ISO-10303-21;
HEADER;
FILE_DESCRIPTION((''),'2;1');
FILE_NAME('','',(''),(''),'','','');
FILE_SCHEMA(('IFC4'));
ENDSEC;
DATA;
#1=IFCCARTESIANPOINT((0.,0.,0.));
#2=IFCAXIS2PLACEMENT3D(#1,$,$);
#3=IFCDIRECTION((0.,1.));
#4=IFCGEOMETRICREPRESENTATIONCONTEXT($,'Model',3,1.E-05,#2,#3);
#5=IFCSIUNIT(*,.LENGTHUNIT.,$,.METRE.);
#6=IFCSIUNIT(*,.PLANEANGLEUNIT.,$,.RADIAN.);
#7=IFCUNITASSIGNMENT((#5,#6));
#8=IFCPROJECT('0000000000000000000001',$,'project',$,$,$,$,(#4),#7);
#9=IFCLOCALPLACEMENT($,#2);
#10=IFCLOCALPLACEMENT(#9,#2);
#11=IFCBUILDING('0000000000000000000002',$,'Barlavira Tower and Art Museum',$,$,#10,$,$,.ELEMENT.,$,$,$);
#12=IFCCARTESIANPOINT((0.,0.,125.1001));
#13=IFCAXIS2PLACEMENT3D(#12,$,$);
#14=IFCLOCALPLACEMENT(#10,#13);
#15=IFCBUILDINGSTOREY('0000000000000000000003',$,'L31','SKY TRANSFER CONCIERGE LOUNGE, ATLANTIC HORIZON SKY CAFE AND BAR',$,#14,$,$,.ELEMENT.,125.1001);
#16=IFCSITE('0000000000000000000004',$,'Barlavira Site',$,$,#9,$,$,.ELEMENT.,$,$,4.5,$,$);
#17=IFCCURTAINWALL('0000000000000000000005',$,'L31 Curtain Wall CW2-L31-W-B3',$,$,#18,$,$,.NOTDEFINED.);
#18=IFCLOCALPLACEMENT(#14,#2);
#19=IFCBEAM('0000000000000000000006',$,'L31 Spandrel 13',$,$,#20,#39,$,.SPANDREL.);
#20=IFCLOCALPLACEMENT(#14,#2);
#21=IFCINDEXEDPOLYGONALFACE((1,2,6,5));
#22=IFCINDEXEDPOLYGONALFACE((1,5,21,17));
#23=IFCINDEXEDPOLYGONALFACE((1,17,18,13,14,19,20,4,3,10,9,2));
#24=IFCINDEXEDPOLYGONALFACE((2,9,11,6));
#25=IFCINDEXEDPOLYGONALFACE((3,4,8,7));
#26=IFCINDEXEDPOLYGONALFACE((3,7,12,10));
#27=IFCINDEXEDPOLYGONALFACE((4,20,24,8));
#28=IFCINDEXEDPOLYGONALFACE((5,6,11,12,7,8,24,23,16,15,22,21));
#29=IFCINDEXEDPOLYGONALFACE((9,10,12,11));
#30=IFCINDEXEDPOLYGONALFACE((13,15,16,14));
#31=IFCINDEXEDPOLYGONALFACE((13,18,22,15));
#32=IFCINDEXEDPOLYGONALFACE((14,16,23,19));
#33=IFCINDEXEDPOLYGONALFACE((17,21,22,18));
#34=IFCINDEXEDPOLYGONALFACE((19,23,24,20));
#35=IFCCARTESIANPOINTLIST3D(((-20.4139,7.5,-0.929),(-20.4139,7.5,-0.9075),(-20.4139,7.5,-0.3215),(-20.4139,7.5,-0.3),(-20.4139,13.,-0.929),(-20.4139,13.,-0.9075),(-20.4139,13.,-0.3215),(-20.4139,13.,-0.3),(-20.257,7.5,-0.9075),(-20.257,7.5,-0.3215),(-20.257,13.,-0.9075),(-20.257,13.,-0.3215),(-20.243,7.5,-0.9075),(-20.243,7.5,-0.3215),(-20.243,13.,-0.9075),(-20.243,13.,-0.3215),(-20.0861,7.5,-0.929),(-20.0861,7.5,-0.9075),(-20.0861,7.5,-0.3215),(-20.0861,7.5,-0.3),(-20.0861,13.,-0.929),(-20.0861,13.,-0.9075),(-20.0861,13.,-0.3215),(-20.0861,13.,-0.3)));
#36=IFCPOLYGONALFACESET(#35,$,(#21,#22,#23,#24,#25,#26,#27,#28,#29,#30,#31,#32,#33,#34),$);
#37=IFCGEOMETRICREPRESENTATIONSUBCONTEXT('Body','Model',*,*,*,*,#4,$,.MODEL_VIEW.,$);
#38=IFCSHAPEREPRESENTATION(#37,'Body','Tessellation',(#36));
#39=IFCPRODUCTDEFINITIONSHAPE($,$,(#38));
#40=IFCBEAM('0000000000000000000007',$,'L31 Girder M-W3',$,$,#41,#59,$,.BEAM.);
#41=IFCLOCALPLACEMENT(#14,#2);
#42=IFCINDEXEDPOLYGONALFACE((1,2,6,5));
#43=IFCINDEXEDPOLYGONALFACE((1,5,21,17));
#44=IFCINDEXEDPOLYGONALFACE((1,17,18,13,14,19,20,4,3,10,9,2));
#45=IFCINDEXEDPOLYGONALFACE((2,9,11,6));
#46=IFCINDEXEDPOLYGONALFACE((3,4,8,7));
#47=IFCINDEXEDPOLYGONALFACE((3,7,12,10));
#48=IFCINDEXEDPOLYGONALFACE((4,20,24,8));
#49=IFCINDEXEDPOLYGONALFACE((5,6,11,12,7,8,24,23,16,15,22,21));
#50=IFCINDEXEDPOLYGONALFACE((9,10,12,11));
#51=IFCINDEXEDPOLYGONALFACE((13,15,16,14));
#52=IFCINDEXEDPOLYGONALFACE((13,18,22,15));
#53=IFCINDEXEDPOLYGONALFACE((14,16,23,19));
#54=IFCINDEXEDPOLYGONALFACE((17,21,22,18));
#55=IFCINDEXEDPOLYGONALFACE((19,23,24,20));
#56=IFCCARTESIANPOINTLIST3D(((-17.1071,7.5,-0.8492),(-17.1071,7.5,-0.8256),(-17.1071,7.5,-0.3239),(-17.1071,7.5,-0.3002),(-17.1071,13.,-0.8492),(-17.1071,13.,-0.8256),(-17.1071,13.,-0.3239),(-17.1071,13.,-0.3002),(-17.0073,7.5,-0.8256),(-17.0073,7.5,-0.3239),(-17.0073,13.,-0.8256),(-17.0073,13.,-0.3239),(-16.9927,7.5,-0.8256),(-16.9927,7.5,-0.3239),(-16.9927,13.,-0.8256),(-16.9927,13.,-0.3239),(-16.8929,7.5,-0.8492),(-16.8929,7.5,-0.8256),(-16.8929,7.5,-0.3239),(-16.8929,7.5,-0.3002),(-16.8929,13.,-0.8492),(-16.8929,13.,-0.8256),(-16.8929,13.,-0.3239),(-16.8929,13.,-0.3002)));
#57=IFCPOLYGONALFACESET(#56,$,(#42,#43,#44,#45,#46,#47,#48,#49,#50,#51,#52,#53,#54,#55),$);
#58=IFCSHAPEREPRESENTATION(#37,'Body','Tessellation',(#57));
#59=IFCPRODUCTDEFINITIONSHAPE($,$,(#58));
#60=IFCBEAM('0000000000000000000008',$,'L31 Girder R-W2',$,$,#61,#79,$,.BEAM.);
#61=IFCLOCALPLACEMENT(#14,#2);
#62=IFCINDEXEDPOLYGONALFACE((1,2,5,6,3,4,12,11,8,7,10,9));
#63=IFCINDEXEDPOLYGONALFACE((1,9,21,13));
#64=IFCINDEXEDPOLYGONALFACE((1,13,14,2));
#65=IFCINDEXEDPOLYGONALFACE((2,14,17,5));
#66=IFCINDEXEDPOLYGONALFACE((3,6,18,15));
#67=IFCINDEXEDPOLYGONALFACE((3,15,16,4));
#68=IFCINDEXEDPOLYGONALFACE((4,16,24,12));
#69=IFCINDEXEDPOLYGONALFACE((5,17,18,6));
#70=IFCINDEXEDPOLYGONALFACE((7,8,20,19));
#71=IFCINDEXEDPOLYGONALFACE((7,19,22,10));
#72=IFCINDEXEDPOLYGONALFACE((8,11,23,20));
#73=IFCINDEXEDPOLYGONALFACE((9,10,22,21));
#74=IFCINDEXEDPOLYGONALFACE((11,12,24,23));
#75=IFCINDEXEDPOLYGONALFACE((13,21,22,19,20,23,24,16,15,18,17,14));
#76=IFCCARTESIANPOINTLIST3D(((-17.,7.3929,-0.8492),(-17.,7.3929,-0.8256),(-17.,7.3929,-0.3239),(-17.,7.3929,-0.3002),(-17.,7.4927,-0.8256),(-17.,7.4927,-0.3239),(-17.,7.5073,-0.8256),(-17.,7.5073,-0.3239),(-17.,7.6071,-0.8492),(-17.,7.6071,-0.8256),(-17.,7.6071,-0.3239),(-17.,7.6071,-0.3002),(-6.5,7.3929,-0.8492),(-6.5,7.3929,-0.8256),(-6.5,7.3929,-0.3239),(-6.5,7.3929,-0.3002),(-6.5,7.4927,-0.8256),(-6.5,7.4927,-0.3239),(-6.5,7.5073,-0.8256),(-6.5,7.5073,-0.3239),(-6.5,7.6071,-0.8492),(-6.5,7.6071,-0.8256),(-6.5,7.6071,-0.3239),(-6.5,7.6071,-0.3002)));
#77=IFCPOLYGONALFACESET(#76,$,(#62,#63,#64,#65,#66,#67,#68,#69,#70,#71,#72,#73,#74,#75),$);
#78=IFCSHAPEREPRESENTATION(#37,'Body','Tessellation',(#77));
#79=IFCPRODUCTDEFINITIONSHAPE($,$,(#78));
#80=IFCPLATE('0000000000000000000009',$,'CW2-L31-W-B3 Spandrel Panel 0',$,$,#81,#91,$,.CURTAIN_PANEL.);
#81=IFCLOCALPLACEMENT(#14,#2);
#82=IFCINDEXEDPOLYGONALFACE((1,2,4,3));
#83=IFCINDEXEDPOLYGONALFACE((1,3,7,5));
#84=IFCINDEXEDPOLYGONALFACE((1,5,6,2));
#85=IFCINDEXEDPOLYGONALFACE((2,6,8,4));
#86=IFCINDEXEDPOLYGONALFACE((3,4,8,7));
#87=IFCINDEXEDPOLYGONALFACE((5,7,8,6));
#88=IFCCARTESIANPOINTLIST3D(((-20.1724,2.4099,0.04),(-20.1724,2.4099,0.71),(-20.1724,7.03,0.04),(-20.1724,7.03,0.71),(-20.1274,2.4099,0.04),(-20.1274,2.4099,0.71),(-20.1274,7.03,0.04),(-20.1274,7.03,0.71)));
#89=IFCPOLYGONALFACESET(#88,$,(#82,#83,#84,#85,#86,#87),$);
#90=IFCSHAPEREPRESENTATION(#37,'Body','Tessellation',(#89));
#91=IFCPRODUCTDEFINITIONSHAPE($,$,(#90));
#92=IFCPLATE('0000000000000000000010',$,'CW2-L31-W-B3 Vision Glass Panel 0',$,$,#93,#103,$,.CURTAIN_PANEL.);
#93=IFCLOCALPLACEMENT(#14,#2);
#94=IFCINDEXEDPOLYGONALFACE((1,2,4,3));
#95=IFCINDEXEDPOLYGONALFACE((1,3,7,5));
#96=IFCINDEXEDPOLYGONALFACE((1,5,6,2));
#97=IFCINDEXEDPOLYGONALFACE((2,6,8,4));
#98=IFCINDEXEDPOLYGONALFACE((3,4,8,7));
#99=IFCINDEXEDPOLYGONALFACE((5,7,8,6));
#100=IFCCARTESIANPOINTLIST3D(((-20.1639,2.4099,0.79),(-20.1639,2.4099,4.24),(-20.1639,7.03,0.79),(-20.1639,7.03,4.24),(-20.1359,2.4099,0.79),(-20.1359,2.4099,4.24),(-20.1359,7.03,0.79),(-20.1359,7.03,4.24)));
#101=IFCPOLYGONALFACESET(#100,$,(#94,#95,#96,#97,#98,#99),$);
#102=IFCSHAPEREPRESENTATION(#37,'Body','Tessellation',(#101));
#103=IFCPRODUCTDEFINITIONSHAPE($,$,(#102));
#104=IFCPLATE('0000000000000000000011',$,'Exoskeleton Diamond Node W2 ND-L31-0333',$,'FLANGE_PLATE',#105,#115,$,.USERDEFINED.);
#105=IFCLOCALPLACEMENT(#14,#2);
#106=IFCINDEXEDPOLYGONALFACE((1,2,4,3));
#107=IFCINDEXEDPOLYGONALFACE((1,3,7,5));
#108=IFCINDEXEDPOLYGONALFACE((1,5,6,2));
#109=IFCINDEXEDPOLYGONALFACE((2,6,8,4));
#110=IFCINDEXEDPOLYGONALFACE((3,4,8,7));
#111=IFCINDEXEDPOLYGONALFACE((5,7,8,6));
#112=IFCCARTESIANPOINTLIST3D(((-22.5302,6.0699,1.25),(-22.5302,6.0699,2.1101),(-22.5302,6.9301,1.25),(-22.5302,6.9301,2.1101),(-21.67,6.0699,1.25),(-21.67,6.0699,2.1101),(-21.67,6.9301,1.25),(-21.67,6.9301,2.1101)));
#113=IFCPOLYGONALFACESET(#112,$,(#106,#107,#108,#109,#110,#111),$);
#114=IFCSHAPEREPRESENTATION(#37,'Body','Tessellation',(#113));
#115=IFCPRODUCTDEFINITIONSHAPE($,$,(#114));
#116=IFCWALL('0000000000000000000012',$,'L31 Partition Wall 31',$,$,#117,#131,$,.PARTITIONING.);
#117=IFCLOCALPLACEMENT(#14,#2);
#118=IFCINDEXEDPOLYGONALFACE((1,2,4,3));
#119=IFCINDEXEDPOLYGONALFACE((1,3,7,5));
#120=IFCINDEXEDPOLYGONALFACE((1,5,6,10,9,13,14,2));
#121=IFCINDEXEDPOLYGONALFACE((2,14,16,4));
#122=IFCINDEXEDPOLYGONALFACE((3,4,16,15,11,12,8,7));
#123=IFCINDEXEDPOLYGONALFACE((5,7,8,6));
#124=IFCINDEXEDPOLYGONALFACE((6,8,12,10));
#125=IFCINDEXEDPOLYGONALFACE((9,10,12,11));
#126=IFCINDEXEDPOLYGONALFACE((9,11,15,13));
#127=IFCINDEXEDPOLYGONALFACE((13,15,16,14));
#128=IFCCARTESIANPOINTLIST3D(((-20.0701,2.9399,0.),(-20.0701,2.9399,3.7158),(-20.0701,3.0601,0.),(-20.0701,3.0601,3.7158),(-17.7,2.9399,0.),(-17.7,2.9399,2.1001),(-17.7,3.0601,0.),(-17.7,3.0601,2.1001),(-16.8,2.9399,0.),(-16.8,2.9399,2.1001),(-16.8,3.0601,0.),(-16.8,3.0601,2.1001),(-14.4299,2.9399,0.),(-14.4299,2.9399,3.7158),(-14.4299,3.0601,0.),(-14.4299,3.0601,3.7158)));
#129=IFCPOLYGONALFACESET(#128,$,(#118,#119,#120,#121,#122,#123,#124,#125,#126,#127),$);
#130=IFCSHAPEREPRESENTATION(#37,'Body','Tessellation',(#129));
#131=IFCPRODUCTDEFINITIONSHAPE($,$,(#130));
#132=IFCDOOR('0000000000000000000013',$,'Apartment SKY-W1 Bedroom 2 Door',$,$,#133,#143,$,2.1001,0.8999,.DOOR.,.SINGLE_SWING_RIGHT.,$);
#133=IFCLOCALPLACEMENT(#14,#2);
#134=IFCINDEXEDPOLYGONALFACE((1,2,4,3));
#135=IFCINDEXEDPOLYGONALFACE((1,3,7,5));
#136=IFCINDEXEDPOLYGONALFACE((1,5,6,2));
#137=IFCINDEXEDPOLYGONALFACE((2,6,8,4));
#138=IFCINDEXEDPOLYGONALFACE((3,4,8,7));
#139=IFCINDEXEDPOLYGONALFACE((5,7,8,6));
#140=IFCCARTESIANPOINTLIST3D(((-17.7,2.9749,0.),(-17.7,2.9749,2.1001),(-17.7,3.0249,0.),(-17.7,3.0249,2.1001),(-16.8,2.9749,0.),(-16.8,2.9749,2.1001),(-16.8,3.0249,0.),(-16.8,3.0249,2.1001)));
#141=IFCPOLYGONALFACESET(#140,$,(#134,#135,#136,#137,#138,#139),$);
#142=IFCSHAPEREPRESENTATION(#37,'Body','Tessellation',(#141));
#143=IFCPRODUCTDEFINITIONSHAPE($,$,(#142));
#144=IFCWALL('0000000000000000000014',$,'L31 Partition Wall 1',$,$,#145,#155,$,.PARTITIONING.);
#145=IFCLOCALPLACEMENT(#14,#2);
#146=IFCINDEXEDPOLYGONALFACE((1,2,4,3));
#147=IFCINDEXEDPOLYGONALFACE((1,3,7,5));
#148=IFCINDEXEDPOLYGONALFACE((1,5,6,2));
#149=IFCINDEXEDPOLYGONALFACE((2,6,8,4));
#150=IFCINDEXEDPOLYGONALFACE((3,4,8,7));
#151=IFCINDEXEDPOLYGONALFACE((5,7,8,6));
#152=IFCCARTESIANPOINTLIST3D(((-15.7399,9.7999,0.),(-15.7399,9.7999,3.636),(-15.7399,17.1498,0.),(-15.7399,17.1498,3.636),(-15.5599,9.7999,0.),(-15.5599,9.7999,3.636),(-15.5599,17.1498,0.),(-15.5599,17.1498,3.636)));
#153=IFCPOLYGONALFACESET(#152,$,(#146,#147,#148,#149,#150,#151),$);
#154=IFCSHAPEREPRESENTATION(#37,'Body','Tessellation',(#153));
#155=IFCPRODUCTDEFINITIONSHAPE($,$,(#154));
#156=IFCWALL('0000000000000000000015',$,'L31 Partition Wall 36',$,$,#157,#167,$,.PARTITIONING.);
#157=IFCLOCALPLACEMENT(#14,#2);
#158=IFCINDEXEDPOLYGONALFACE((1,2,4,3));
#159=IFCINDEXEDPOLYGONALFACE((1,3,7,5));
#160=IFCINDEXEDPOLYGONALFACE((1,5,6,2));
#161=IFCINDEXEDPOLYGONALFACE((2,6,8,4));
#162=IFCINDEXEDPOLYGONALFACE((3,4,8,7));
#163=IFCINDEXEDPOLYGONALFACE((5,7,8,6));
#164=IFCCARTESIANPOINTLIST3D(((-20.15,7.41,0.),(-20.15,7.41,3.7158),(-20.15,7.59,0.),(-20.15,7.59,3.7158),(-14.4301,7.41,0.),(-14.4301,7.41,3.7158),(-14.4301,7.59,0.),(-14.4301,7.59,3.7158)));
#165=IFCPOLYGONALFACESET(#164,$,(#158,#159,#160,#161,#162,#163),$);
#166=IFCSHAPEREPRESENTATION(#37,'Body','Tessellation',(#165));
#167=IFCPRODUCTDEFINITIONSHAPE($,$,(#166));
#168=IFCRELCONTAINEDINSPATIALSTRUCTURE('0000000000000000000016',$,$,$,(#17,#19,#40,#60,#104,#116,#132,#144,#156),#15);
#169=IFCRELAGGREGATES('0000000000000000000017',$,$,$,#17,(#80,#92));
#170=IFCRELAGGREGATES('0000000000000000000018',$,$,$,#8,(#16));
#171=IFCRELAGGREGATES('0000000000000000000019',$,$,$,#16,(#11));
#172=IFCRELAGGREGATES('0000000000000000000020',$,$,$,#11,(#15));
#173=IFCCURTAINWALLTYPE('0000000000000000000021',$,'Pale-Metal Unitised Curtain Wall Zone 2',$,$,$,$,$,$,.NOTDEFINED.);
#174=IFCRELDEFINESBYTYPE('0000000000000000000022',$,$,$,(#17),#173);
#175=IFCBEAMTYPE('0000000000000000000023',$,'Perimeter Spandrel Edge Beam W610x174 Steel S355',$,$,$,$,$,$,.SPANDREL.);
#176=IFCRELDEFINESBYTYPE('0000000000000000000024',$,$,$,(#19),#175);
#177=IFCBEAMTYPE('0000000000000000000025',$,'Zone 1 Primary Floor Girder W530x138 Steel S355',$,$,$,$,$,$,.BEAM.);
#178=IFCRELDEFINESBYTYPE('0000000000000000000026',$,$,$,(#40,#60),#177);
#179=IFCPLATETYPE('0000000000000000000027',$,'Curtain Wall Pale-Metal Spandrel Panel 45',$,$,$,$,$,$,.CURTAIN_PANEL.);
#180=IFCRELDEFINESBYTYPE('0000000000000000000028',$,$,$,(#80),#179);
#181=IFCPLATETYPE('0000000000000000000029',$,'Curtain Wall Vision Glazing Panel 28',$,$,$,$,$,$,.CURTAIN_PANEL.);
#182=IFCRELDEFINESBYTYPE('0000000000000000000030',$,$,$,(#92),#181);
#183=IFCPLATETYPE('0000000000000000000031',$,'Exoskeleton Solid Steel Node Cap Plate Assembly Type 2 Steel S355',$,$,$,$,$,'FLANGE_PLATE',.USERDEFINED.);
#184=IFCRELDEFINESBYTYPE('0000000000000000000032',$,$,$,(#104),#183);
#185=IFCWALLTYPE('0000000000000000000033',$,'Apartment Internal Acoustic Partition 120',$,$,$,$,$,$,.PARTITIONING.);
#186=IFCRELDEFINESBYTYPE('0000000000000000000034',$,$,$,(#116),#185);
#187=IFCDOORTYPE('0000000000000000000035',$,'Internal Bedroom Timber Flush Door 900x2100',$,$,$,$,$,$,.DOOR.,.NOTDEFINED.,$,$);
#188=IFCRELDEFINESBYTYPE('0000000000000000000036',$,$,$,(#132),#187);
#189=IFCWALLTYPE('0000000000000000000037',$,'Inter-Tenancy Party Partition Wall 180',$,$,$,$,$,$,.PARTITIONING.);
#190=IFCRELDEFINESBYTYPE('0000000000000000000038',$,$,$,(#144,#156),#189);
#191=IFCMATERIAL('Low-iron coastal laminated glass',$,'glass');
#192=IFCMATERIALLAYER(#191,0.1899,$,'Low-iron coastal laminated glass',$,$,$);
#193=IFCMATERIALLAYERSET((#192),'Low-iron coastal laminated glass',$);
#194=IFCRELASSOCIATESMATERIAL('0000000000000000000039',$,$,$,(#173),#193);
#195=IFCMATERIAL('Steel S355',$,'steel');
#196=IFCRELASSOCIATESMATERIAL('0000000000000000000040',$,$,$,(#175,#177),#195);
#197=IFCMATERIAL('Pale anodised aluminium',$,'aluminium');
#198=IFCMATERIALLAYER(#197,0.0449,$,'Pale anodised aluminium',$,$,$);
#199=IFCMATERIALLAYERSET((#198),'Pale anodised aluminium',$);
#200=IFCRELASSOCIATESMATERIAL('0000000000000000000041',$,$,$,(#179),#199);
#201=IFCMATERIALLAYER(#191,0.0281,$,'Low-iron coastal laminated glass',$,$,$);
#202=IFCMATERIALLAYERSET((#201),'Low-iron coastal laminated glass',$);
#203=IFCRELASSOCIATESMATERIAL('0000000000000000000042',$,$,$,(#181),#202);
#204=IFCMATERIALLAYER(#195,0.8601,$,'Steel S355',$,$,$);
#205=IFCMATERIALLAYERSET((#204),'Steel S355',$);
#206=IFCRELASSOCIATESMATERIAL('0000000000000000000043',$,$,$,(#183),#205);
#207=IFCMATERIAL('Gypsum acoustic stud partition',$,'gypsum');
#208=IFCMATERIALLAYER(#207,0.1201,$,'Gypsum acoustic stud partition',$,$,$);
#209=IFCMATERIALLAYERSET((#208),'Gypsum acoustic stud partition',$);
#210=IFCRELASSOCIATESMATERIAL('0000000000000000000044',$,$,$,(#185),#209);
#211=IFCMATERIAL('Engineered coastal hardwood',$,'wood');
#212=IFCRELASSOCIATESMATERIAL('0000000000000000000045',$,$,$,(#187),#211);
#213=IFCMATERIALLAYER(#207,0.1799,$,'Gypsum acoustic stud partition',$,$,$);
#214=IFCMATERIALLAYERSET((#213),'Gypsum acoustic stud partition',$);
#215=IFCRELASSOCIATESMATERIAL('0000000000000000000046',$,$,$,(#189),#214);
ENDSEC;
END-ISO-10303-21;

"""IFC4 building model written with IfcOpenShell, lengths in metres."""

from ifc_helpers import new_model, si_unit, direction, frame, frame_2d, origin, origin_2d, place, context, subcontext, project, spatial, rectangle, i_section, extrude, material, layer, layer_set, material_profile, profile_set, type_object, element, fill, aggregate, save


model = new_model("IFC4")

# Units and contexts
model_context = context("Model", 3, precision=1e-05, world=origin(), true_north=direction((0.0, 1.0)))
body_context = subcontext(model_context, "Body", "Model", "MODEL_VIEW")
ifc_project = project(units=[si_unit("LENGTHUNIT", "METRE"), si_unit("PLANEANGLEUNIT", "RADIAN")], contexts=[model_context])

# Site, building, storey
site_placement = place(None, origin())
site = spatial("IfcSite", under=ifc_project, at=site_placement, Name="Barlavira Site", CompositionType="ELEMENT", RefElevation=4.5)
building_placement = place(site_placement, origin())
building = spatial("IfcBuilding", under=site, at=building_placement, Name="Barlavira Tower and Art Museum", CompositionType="ELEMENT")
storey_placement = place(building_placement, frame((0.0, 0.0, 125.1001)))
storey = spatial("IfcBuildingStorey", under=building, at=storey_placement, Name="L31", Description="SKY TRANSFER CONCIERGE LOUNGE, ATLANTIC HORIZON SKY CAFE AND BAR", CompositionType="ELEMENT", Elevation=125.1001)

# Curtain wall
ifc_material_1 = material(Name="Low-iron coastal laminated glass", Category="glass")
ifc_layer_1 = layer(ifc_material_1, 0.1899, Name="Low-iron coastal laminated glass")
ifc_layer_set_1 = layer_set([ifc_layer_1], Name="Low-iron coastal laminated glass")
curtain_wall_type = type_object("IfcCurtainWallType", Name="Pale-Metal Unitised Curtain Wall Zone 2", PredefinedType="NOTDEFINED", material=ifc_layer_set_1)
curtain_wall_placement = place(storey_placement, origin())
curtain_wall = element("IfcCurtainWall", 1, at=curtain_wall_placement, inside=storey, type_object=curtain_wall_type, Name="L31 Curtain Wall CW2-L31-W-B3", PredefinedType="NOTDEFINED")
ifc_material_2 = material(Name="Pale anodised aluminium", Category="aluminium")

# Beams
ifc_material_3 = material(Name="Steel S355", Category="steel")
ifc_material_profile_1 = material_profile(ifc_material_3, i_section(OverallWidth=0.3279, OverallDepth=0.6289, WebThickness=0.0139, FlangeThickness=0.0215, at=origin_2d()), Name="W610x174.0")
ifc_profile_set_1 = profile_set([ifc_material_profile_1], Name="Steel S355")
beam_type_1 = type_object("IfcBeamType", Name="Perimeter Spandrel Edge Beam W610x174 Steel S355", PredefinedType="SPANDREL", material=ifc_profile_set_1)
beam_1_placement = place(storey_placement, frame((-20.25, 7.5, -0.6145), z_axis=(0.0, 1.0, 0.0), x_axis=(-1.0, 0.0, 0.0)))
element("IfcBeam", 2, at=beam_1_placement, inside=storey, type_object=beam_type_1, Name="L31 Spandrel 13", PredefinedType="SPANDREL", context=body_context, shape_type="SweptSolid", body=[
    extrude(i_section(OverallWidth=0.3279, OverallDepth=0.6289, WebThickness=0.0139, FlangeThickness=0.0215, at=origin_2d()), origin(), (0.0, 0.0, 1.0), 5.5),
])
ifc_material_profile_2 = material_profile(ifc_material_3, i_section(OverallWidth=0.2141, OverallDepth=0.5491, WebThickness=0.0146, FlangeThickness=0.0237, at=origin_2d()), Name="W530x138.0")
ifc_profile_set_2 = profile_set([ifc_material_profile_2], Name="Steel S355")
beam_type_2 = type_object("IfcBeamType", Name="Zone 1 Primary Floor Girder W530x138 Steel S355", PredefinedType="BEAM", material=ifc_profile_set_2)
beam_2_placement = place(storey_placement, frame((-17.0, 7.5, -0.5747), z_axis=(0.0, 1.0, 0.0), x_axis=(-1.0, 0.0, 0.0)))
element("IfcBeam", 3, at=beam_2_placement, inside=storey, type_object=beam_type_2, Name="L31 Girder M-W3", PredefinedType="BEAM", context=body_context, shape_type="SweptSolid", body=[
    extrude(i_section(OverallWidth=0.2141, OverallDepth=0.5491, WebThickness=0.0146, FlangeThickness=0.0237, at=origin_2d()), origin(), (0.0, 0.0, 1.0), 5.5),
])
beam_3_placement = place(storey_placement, frame((-17.0, 7.5, -0.5747), z_axis=(1.0, 0.0, 0.0), x_axis=(0.0, 1.0, 0.0)))
element("IfcBeam", 4, at=beam_3_placement, inside=storey, type_object=beam_type_2, Name="L31 Girder R-W2", PredefinedType="BEAM", context=body_context, shape_type="SweptSolid", body=[
    extrude(i_section(OverallWidth=0.2141, OverallDepth=0.5491, WebThickness=0.0146, FlangeThickness=0.0237, at=origin_2d()), origin(), (0.0, 0.0, 1.0), 10.5),
])

# Plates
ifc_layer_2 = layer(ifc_material_2, 0.0449, Name="Pale anodised aluminium")
ifc_layer_set_2 = layer_set([ifc_layer_2], Name="Pale anodised aluminium")
plate_type_1 = type_object("IfcPlateType", Name="Curtain Wall Pale-Metal Spandrel Panel 45", PredefinedType="CURTAIN_PANEL", material=ifc_layer_set_2)
plate_1_placement = place(storey_placement, frame((-20.1499, 4.72, 0.04), z_axis=(0.0, 0.0, 1.0), x_axis=(0.0, -1.0, 0.0)))
plate_1 = element("IfcPlate", 5, at=plate_1_placement, type_object=plate_type_1, Name="CW2-L31-W-B3 Spandrel Panel 0", PredefinedType="CURTAIN_PANEL", context=body_context, shape_type="SweptSolid", body=[
    extrude(rectangle(XDim=4.6201, YDim=0.0449, at=origin_2d()), origin(), (0.0, 0.0, 1.0), 0.6699),
])
ifc_layer_3 = layer(ifc_material_1, 0.0281, Name="Low-iron coastal laminated glass")
ifc_layer_set_3 = layer_set([ifc_layer_3], Name="Low-iron coastal laminated glass")
plate_type_2 = type_object("IfcPlateType", Name="Curtain Wall Vision Glazing Panel 28", PredefinedType="CURTAIN_PANEL", material=ifc_layer_set_3)
plate_2_placement = place(storey_placement, frame((-20.1499, 4.72, 0.79), z_axis=(0.0, 0.0, 1.0), x_axis=(0.0, -1.0, 0.0)))
plate_2 = element("IfcPlate", 6, at=plate_2_placement, type_object=plate_type_2, Name="CW2-L31-W-B3 Vision Glass Panel 0", PredefinedType="CURTAIN_PANEL", context=body_context, shape_type="SweptSolid", body=[
    extrude(rectangle(XDim=4.6201, YDim=0.0281, at=origin_2d()), origin(), (0.0, 0.0, 1.0), 3.45),
])
aggregate(curtain_wall, [plate_1, plate_2])
ifc_layer_4 = layer(ifc_material_3, 0.8601, Name="Steel S355")
ifc_layer_set_4 = layer_set([ifc_layer_4], Name="Steel S355")
plate_type_3 = type_object("IfcPlateType", Name="Exoskeleton Solid Steel Node Cap Plate Assembly Type 2 Steel S355", ElementType="FLANGE_PLATE", PredefinedType="USERDEFINED", material=ifc_layer_set_4)
plate_3_placement = place(storey_placement, frame((-22.1001, 6.5, 1.25), z_axis=(0.0, 0.0, 1.0), x_axis=(1.0, 0.0, 0.0)))
element("IfcPlate", 7, at=plate_3_placement, inside=storey, type_object=plate_type_3, Name="Exoskeleton Diamond Node W2 ND-L31-0333", ObjectType="FLANGE_PLATE", PredefinedType="USERDEFINED", context=body_context, shape_type="SweptSolid", body=[
    extrude(rectangle(XDim=0.8601, YDim=0.8601, at=origin_2d()), origin(), (0.0, 0.0, 1.0), 0.8601),
])

# Wall, opening, door
ifc_material_4 = material(Name="Gypsum acoustic stud partition", Category="gypsum")
ifc_layer_5 = layer(ifc_material_4, 0.1201, Name="Gypsum acoustic stud partition")
ifc_layer_set_5 = layer_set([ifc_layer_5], Name="Gypsum acoustic stud partition")
wall_type_1 = type_object("IfcWallType", Name="Apartment Internal Acoustic Partition 120", PredefinedType="PARTITIONING", material=ifc_layer_set_5)
wall_1_placement = place(storey_placement, frame((-20.0701, 3.0, 0.0), z_axis=(0.0, 0.0, 1.0), x_axis=(1.0, 0.0, 0.0)))
wall_1 = element("IfcWall", 8, at=wall_1_placement, inside=storey, type_object=wall_type_1, Name="L31 Partition Wall 31", PredefinedType="PARTITIONING", context=body_context, shape_type="SweptSolid", body=[
    extrude(rectangle(XDim=5.6401, YDim=0.1201, at=frame_2d((2.8201, 0.0))), origin(), (0.0, 0.0, 1.0), 3.7158),
])
opening_1_placement = place(wall_1_placement, frame((2.3701, 0.0, 0.0)))
opening_1 = element("IfcOpeningElement", 9, at=opening_1_placement, cuts=wall_1, PredefinedType="OPENING", context=body_context, shape_type="SweptSolid", body=[
    extrude(rectangle(XDim=0.8999, YDim=2.1001, at=frame_2d((0.45, 1.05))), frame((0.0, 0.0701, 0.0), z_axis=(0.0, -1.0, 0.0), x_axis=(1.0, 0.0, 0.0)), (0.0, 0.0, 1.0), 0.1401),
])
ifc_material_5 = material(Name="Engineered coastal hardwood", Category="wood")
door_type_1 = type_object("IfcDoorType", Name="Internal Bedroom Timber Flush Door 900x2100", OperationType="NOTDEFINED", PredefinedType="DOOR", material=ifc_material_5)
door_1_placement = place(opening_1_placement, origin())
door_1 = element("IfcDoor", 10, at=door_1_placement, inside=storey, type_object=door_type_1, Name="Apartment SKY-W1 Bedroom 2 Door", OperationType="SINGLE_SWING_RIGHT", OverallHeight=2.1001, OverallWidth=0.8999, PredefinedType="DOOR", context=body_context, shape_type="SweptSolid", body=[
    extrude(rectangle(XDim=0.8999, YDim=2.1001, at=frame_2d((0.45, 1.05))), frame((0.0, 0.0249, 0.0), z_axis=(0.0, -1.0, 0.0), x_axis=(1.0, 0.0, 0.0)), (0.0, 0.0, 1.0), 0.05),
])
fill(opening_1, door_1)

# Walls
ifc_layer_6 = layer(ifc_material_4, 0.1799, Name="Gypsum acoustic stud partition")
ifc_layer_set_6 = layer_set([ifc_layer_6], Name="Gypsum acoustic stud partition")
wall_type_2 = type_object("IfcWallType", Name="Inter-Tenancy Party Partition Wall 180", PredefinedType="PARTITIONING", material=ifc_layer_set_6)
wall_2_placement = place(storey_placement, frame((-15.6499, 9.8, 0.0), z_axis=(0.0, 0.0, 1.0), x_axis=(0.0, 1.0, 0.0)))
element("IfcWall", 11, at=wall_2_placement, inside=storey, type_object=wall_type_2, Name="L31 Partition Wall 1", PredefinedType="PARTITIONING", context=body_context, shape_type="SweptSolid", body=[
    extrude(rectangle(XDim=7.3499, YDim=0.1799, at=frame_2d((3.6748, 0.0))), origin(), (0.0, 0.0, 1.0), 3.636),
])
wall_3_placement = place(storey_placement, frame((-20.1499, 7.5, 0.0), z_axis=(0.0, 0.0, 1.0), x_axis=(1.0, 0.0, 0.0)))
element("IfcWall", 12, at=wall_3_placement, inside=storey, type_object=wall_type_2, Name="L31 Partition Wall 36", PredefinedType="PARTITIONING", context=body_context, shape_type="SweptSolid", body=[
    extrude(rectangle(XDim=5.72, YDim=0.1799, at=frame_2d((2.8599, 0.0))), origin(), (0.0, 0.0, 1.0), 3.7158),
])

save(model, "model.ifc")
